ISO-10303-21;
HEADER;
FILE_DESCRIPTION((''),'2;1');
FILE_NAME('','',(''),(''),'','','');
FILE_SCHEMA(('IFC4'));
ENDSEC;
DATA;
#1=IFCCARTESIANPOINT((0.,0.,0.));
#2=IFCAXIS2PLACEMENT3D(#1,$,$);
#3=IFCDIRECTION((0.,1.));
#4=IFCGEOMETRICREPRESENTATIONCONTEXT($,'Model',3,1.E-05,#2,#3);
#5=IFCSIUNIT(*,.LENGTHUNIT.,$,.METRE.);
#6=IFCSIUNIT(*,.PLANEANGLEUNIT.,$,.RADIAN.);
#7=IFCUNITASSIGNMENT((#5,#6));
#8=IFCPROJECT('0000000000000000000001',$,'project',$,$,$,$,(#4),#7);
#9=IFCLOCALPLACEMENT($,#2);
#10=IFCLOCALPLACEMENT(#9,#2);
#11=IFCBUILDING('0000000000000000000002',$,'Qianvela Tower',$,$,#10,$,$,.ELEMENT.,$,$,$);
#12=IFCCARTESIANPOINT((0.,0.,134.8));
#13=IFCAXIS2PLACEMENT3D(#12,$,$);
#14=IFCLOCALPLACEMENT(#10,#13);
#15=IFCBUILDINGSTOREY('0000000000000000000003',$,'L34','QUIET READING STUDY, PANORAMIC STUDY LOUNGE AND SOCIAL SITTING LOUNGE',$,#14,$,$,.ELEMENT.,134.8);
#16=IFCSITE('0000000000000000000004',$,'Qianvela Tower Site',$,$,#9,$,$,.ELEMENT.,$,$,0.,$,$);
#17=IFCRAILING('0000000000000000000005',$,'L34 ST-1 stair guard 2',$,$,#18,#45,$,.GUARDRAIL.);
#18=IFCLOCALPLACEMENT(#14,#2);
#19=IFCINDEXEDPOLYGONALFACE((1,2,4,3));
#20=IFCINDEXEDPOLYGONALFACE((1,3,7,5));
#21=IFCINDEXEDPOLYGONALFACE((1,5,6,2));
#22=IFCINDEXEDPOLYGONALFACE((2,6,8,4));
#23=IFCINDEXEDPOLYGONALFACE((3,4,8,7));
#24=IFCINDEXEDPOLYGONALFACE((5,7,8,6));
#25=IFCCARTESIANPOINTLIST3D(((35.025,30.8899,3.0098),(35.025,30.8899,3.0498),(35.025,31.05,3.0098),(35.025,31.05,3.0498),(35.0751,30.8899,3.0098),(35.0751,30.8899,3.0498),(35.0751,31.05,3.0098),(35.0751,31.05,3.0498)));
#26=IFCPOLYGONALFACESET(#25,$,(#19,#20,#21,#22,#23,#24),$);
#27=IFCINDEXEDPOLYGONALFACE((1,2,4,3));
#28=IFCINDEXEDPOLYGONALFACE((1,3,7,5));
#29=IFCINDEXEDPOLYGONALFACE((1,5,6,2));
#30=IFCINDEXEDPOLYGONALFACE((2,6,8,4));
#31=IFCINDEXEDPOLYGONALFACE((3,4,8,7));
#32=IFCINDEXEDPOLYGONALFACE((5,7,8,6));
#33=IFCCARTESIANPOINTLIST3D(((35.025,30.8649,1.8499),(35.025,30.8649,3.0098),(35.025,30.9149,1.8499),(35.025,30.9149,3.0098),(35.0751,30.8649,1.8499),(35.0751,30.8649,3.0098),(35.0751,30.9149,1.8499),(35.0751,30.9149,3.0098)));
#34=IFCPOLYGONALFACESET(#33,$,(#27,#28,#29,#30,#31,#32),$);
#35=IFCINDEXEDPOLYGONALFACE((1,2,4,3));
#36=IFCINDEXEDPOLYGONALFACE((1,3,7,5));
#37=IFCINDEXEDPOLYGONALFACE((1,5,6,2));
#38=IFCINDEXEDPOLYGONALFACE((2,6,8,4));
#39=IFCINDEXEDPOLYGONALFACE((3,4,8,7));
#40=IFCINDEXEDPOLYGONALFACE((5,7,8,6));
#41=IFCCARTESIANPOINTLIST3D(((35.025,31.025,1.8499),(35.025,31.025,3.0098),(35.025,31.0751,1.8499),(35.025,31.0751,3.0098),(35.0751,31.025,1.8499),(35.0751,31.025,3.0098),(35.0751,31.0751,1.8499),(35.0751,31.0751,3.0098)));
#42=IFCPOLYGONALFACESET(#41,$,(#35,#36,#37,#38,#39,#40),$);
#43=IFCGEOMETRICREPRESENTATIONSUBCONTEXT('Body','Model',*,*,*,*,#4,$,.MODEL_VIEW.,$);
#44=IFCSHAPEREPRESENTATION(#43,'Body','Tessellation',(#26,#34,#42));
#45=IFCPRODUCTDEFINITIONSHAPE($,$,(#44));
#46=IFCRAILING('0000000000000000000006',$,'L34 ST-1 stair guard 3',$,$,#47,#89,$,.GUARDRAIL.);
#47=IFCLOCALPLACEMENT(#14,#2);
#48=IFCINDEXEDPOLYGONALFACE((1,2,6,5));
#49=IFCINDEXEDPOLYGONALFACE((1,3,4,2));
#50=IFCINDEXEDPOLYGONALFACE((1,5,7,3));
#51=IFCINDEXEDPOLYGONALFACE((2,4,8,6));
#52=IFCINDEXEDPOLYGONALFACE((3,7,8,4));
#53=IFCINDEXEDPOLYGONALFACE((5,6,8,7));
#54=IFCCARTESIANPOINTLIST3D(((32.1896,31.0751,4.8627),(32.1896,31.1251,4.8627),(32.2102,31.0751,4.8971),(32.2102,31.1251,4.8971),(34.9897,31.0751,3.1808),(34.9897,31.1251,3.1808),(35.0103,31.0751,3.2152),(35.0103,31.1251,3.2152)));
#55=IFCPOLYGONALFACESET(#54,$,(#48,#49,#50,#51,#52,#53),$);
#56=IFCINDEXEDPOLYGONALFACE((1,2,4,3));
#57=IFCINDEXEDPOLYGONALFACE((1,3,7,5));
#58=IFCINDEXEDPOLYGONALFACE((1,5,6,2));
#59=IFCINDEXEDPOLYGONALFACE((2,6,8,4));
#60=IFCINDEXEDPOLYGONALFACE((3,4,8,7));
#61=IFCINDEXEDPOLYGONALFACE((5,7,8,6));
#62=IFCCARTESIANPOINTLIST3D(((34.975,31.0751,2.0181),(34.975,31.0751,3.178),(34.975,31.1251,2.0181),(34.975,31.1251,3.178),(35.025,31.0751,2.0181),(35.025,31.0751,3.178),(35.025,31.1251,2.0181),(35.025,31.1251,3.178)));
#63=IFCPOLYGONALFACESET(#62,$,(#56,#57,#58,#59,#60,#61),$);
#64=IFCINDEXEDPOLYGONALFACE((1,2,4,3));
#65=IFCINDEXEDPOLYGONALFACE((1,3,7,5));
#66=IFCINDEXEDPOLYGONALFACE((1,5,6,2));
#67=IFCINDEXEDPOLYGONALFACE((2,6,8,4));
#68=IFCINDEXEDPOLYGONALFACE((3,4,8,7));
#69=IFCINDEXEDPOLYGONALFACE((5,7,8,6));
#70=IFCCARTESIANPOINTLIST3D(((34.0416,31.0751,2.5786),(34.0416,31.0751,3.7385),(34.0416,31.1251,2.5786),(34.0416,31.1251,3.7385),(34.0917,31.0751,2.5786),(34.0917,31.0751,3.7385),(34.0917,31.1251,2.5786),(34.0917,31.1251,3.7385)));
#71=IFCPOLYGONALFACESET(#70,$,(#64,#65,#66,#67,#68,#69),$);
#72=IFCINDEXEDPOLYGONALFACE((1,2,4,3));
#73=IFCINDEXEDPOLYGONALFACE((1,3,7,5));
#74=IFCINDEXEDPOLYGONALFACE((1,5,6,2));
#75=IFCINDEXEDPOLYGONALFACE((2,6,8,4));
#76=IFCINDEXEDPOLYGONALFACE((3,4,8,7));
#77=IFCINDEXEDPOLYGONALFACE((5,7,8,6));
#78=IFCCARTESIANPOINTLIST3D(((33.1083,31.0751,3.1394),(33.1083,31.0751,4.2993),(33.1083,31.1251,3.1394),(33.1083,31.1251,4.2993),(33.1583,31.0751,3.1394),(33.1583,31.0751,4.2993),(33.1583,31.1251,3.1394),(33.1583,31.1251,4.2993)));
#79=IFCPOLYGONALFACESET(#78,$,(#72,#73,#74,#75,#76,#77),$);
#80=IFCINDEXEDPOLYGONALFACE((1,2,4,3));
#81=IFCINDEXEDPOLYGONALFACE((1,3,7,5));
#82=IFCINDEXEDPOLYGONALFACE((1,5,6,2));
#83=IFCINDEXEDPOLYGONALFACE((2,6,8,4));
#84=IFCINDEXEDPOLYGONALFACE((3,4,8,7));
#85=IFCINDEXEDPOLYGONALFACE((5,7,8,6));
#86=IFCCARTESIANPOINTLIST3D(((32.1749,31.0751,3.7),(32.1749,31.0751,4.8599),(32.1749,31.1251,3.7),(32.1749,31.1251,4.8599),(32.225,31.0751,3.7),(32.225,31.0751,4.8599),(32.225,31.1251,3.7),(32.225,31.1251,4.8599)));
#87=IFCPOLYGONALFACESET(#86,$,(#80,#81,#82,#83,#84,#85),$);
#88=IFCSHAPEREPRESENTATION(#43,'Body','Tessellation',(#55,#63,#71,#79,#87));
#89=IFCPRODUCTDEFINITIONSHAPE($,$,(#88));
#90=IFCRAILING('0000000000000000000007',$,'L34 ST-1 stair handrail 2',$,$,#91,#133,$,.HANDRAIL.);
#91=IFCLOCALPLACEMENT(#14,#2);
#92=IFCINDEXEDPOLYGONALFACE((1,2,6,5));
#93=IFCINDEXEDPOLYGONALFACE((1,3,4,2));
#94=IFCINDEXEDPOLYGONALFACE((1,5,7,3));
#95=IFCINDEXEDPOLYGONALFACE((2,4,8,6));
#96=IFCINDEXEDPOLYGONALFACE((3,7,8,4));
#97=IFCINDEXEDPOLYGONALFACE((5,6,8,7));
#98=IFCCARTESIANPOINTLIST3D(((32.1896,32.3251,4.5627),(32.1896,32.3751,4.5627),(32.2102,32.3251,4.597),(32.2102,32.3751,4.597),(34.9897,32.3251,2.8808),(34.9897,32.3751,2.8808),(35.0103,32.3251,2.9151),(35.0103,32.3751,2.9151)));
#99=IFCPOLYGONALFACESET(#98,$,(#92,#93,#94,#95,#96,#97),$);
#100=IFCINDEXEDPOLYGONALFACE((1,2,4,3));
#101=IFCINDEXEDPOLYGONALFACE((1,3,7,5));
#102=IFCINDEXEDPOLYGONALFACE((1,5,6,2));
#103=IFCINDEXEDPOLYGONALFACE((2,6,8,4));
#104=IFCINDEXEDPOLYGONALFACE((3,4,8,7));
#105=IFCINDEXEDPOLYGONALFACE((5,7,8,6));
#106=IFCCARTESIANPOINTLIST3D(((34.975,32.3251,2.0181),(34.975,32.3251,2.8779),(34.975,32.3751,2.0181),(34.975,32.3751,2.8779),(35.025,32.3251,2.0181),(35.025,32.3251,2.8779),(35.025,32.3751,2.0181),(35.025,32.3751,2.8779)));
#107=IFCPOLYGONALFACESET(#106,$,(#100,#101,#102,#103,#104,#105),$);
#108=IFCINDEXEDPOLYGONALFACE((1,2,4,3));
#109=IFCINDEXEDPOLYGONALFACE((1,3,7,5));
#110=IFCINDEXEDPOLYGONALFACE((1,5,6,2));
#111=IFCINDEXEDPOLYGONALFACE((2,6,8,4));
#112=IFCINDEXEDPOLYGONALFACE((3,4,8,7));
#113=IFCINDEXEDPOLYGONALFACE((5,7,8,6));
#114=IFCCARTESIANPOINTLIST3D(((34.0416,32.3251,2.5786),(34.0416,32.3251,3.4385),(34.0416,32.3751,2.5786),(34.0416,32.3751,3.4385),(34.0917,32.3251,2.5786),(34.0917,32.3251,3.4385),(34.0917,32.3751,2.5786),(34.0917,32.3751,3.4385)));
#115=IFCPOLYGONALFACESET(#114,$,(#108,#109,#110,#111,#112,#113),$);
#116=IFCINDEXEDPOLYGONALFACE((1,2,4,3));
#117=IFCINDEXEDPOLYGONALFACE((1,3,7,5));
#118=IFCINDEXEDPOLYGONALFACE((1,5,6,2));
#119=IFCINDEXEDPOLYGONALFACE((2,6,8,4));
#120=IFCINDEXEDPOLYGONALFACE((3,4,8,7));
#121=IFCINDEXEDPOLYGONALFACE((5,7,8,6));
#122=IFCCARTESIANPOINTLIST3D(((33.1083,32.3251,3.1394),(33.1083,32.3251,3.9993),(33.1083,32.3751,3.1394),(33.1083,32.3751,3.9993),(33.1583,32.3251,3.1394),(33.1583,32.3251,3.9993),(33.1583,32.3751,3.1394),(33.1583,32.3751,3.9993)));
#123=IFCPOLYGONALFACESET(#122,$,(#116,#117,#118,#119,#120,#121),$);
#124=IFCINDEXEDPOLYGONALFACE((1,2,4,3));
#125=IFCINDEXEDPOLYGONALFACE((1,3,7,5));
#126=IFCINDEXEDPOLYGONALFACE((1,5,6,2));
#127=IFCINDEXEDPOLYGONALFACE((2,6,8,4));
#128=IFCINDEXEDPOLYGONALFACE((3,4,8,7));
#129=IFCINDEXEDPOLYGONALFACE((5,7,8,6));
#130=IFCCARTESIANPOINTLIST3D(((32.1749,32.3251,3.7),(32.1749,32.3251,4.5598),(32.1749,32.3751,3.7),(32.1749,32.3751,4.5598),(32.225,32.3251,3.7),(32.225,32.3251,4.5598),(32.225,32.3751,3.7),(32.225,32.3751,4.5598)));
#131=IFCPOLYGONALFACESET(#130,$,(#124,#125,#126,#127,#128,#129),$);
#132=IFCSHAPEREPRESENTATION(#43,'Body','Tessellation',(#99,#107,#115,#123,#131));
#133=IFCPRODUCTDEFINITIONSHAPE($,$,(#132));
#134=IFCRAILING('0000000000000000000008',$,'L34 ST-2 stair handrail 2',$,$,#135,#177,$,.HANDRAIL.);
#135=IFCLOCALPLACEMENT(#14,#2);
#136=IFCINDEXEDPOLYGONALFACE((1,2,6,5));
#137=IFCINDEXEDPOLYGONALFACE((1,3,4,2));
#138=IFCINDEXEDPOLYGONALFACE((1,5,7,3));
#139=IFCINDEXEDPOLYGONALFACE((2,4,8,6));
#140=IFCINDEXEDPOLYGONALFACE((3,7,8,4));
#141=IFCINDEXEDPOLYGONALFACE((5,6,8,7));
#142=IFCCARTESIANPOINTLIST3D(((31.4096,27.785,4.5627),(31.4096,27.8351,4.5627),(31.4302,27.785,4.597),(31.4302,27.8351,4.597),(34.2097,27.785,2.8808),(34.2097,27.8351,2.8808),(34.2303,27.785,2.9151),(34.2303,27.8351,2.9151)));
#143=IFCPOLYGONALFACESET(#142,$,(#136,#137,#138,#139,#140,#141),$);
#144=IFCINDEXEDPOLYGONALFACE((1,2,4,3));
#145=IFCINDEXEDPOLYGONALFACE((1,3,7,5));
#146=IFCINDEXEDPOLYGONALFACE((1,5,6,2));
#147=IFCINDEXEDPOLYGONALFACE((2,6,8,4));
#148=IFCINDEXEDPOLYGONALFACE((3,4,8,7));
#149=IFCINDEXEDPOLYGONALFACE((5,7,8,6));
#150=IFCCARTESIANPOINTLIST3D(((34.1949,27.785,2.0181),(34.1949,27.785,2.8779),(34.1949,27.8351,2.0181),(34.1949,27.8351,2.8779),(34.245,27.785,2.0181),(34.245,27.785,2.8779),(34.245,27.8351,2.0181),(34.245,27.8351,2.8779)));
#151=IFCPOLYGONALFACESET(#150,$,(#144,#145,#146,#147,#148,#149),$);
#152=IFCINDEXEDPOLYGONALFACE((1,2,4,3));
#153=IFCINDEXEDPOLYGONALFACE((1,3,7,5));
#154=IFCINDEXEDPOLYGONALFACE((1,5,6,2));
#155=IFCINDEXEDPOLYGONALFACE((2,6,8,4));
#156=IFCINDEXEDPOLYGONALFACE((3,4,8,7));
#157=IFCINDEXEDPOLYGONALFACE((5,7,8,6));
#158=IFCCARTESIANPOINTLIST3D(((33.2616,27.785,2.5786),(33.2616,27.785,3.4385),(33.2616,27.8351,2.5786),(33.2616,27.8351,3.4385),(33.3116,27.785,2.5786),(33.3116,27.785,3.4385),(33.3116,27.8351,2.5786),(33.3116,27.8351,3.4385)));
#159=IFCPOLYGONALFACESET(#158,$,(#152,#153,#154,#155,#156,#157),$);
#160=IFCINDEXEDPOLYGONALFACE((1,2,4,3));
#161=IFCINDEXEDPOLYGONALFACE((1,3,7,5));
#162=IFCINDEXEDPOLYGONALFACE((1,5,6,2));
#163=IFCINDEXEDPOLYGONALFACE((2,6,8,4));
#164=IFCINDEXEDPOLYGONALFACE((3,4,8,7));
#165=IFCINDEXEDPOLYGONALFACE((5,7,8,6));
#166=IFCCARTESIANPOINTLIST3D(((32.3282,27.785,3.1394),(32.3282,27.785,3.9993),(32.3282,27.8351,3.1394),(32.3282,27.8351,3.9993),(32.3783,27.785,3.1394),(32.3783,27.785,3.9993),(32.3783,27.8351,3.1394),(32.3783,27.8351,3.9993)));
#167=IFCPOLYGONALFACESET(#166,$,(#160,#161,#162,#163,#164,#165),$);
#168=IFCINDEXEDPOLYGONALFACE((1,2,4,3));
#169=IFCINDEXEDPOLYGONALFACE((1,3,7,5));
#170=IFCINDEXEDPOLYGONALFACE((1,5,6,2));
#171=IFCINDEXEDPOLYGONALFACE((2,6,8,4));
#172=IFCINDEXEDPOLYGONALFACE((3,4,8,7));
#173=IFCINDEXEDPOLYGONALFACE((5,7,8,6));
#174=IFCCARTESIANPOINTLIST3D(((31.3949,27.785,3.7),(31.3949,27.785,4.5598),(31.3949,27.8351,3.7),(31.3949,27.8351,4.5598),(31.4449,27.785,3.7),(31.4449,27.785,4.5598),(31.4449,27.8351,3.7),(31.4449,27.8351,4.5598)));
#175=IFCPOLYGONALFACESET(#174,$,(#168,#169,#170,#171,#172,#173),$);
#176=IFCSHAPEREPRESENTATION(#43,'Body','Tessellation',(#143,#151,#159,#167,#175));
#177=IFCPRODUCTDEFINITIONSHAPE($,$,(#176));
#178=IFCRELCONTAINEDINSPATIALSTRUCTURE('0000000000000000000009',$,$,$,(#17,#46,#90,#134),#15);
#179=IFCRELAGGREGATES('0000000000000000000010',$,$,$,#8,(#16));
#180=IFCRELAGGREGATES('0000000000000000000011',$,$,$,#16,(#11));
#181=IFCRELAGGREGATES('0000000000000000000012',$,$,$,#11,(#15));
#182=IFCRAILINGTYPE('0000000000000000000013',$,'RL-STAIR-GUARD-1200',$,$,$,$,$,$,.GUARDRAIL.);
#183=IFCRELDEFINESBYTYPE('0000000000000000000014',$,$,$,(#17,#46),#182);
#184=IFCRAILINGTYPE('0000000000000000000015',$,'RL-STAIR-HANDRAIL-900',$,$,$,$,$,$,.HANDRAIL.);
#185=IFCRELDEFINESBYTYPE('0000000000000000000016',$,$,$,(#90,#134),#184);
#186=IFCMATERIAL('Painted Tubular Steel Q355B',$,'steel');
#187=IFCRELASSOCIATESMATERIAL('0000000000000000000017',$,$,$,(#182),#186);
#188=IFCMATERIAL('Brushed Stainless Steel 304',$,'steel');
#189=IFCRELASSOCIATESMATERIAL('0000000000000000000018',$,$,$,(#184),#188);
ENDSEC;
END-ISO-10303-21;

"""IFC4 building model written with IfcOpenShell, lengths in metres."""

from ifc_helpers import new_model, si_unit, direction, frame, origin, origin_2d, place, context, subcontext, project, spatial, rectangle, extrude, material, type_object, element, save


model = new_model("IFC4")

# Units and contexts
model_context = context("Model", 3, precision=1e-05, world=origin(), true_north=direction((0.0, 1.0)))
body_context = subcontext(model_context, "Body", "Model", "MODEL_VIEW")
ifc_project = project(units=[si_unit("LENGTHUNIT", "METRE"), si_unit("PLANEANGLEUNIT", "RADIAN")], contexts=[model_context])

# Site, building, storey
site_placement = place(None, origin())
site = spatial("IfcSite", under=ifc_project, at=site_placement, Name="Qianvela Tower Site", CompositionType="ELEMENT", RefElevation=0.0)
building_placement = place(site_placement, origin())
building = spatial("IfcBuilding", under=site, at=building_placement, Name="Qianvela Tower", CompositionType="ELEMENT")
storey_placement = place(building_placement, frame((0.0, 0.0, 134.8)))
storey = spatial("IfcBuildingStorey", under=building, at=storey_placement, Name="L34", Description="QUIET READING STUDY, PANORAMIC STUDY LOUNGE AND SOCIAL SITTING LOUNGE", CompositionType="ELEMENT", Elevation=134.8)

# Railings
ifc_material_1 = material(Name="Painted Tubular Steel Q355B", Category="steel")
railing_type_1 = type_object("IfcRailingType", Name="RL-STAIR-GUARD-1200", PredefinedType="GUARDRAIL", material=ifc_material_1)
railing_1_placement = place(storey_placement, frame((35.05, 30.8899, 1.8499)))
element("IfcRailing", 1, at=railing_1_placement, inside=storey, type_object=railing_type_1, Name="L34 ST-1 stair guard 2", PredefinedType="GUARDRAIL", context=body_context, shape_type="SweptSolid", body=[
    extrude(rectangle(XDim=0.05, YDim=0.04, at=origin_2d()), frame((0.0, 0.0, 1.1799), z_axis=(0.0, 1.0, 0.0), x_axis=(-1.0, 0.0, 0.0)), (0.0, 0.0, 1.0), 0.1602),
    extrude(rectangle(XDim=0.05, YDim=0.05, at=origin_2d()), origin(), (0.0, 0.0, 1.0), 1.1599),
    extrude(rectangle(XDim=0.05, YDim=0.05, at=origin_2d()), frame((0.0, 0.1602, 0.0)), (0.0, 0.0, 1.0), 1.1599),
])
railing_2_placement = place(storey_placement, frame((35.0, 31.1001, 2.0181)))
element("IfcRailing", 2, at=railing_2_placement, inside=storey, type_object=railing_type_1, Name="L34 ST-1 stair guard 3", PredefinedType="GUARDRAIL", context=body_context, shape_type="SweptSolid", body=[
    extrude(rectangle(XDim=0.05, YDim=0.04, at=origin_2d()), frame((0.0, 0.0, 1.1799), z_axis=(-0.857242, 0.0, 0.514913), x_axis=(0.0, -1.0, 0.0)), (0.0, 0.0, 1.0), 3.2664),
    extrude(rectangle(XDim=0.05, YDim=0.05, at=origin_2d()), origin(), (0.0, 0.0, 1.0), 1.1599),
    extrude(rectangle(XDim=0.05, YDim=0.05, at=origin_2d()), frame((-0.9333, 0.0, 0.5605)), (0.0, 0.0, 1.0), 1.1599),
    extrude(rectangle(XDim=0.05, YDim=0.05, at=origin_2d()), frame((-1.8667, 0.0, 1.1213)), (0.0, 0.0, 1.0), 1.1599),
    extrude(rectangle(XDim=0.05, YDim=0.05, at=origin_2d()), frame((-2.8, 0.0, 1.6819)), (0.0, 0.0, 1.0), 1.1599),
])
ifc_material_2 = material(Name="Brushed Stainless Steel 304", Category="steel")
railing_type_2 = type_object("IfcRailingType", Name="RL-STAIR-HANDRAIL-900", PredefinedType="HANDRAIL", material=ifc_material_2)
for number, where, name in (
    (3, (35.0, 32.3501, 2.0181), "L34 ST-1 stair handrail 2"),
    (4, (34.22, 27.8101, 2.0181), "L34 ST-2 stair handrail 2"),
):
    element("IfcRailing", number, at=place(storey_placement, frame(where)), inside=storey, type_object=railing_type_2, Name=name, PredefinedType="HANDRAIL", context=body_context, shape_type="SweptSolid", body=[
        extrude(rectangle(XDim=0.05, YDim=0.04, at=origin_2d()), frame((0.0, 0.0, 0.8799), z_axis=(-0.857242, 0.0, 0.514913), x_axis=(0.0, -1.0, 0.0)), (0.0, 0.0, 1.0), 3.2664),
        extrude(rectangle(XDim=0.05, YDim=0.05, at=origin_2d()), origin(), (0.0, 0.0, 1.0), 0.8599),
        extrude(rectangle(XDim=0.05, YDim=0.05, at=origin_2d()), frame((-0.9333, 0.0, 0.5605)), (0.0, 0.0, 1.0), 0.8599),
        extrude(rectangle(XDim=0.05, YDim=0.05, at=origin_2d()), frame((-1.8667, 0.0, 1.1213)), (0.0, 0.0, 1.0), 0.8599),
        extrude(rectangle(XDim=0.05, YDim=0.05, at=origin_2d()), frame((-2.8, 0.0, 1.6819)), (0.0, 0.0, 1.0), 0.8599),
    ])

save(model, "model.ifc")
